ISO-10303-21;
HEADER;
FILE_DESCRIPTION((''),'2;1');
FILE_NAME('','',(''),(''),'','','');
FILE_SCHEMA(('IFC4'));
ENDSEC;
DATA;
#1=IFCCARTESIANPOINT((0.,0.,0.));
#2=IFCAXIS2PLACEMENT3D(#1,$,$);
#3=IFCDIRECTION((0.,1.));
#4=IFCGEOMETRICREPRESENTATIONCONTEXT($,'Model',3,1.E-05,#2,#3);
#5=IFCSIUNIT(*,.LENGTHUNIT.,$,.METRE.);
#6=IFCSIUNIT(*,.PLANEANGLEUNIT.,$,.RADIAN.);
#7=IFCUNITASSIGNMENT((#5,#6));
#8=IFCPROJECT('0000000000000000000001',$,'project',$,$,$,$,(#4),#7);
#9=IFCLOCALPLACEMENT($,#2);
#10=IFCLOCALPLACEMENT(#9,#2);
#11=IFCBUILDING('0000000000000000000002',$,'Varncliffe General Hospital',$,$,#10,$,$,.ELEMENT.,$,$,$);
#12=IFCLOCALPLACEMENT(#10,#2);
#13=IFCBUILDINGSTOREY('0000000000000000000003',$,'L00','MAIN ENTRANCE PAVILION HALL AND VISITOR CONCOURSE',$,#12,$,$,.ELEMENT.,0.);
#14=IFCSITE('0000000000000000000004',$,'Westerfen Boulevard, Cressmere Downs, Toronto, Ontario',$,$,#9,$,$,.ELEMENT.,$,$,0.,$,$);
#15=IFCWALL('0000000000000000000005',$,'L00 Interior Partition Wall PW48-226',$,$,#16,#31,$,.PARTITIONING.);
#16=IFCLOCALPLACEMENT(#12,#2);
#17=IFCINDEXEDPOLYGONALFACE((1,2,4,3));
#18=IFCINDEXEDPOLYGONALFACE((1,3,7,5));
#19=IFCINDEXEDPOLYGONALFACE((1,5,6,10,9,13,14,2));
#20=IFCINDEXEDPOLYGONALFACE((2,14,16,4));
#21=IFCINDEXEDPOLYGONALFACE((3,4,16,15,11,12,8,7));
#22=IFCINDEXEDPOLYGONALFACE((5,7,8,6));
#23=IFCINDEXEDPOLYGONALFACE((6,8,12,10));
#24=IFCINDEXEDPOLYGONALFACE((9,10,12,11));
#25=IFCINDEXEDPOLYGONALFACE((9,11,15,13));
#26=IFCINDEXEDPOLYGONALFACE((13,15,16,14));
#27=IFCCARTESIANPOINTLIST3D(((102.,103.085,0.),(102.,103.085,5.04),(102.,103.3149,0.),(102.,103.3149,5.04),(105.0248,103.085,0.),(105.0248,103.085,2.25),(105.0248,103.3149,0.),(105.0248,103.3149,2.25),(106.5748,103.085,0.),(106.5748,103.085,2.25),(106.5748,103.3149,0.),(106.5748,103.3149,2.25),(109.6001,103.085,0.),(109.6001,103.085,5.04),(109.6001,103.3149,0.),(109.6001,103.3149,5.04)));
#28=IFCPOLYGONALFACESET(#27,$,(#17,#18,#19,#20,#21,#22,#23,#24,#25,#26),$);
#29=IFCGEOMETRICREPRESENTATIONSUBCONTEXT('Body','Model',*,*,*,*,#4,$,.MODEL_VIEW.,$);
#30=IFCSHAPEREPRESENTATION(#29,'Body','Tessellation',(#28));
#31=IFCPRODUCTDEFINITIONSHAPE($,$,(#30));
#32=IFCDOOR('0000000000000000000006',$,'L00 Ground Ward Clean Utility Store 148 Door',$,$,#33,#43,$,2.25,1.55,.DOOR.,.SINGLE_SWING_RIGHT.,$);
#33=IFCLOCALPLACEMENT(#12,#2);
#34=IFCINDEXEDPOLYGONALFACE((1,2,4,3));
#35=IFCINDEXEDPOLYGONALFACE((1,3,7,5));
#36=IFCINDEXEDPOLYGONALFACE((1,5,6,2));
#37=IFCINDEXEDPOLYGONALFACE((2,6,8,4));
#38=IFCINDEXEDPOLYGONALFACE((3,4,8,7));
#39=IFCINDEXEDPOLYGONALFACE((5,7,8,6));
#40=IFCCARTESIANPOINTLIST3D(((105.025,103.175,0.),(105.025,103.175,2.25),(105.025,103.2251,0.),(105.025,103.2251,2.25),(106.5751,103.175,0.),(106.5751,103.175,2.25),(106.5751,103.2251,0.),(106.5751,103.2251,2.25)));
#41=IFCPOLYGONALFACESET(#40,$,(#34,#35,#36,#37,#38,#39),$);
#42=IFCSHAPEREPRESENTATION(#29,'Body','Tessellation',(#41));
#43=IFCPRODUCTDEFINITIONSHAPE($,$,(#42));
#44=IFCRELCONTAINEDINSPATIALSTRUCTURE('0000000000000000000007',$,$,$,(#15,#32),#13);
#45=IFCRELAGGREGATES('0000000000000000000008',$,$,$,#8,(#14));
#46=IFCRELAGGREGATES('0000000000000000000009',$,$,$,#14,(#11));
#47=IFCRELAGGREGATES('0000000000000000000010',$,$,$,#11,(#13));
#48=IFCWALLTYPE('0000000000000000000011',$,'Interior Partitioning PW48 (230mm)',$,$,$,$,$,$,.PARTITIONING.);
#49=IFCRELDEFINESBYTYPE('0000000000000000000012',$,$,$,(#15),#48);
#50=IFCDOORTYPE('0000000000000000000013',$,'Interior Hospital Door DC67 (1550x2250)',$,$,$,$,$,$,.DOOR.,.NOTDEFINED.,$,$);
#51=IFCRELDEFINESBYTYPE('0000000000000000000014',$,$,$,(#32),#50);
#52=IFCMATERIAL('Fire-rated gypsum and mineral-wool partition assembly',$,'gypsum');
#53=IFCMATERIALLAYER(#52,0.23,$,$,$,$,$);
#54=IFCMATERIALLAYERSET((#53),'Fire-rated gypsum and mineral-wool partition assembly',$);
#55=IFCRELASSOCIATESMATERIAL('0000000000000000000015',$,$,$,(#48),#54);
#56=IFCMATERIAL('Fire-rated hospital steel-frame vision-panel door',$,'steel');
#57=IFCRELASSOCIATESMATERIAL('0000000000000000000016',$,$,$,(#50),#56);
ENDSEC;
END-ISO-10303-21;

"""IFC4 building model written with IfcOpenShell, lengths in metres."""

from ifc_helpers import new_model, si_unit, direction, frame, frame_2d, origin, place, context, subcontext, project, spatial, rectangle, extrude, material, layer, layer_set, type_object, element, fill, save


model = new_model("IFC4")

# Units and contexts
model_context = context("Model", 3, precision=1e-05, world=origin(), true_north=direction((0.0, 1.0)))
body_context = subcontext(model_context, "Body", "Model", "MODEL_VIEW")
ifc_project = project(units=[si_unit("LENGTHUNIT", "METRE"), si_unit("PLANEANGLEUNIT", "RADIAN")], contexts=[model_context])

# Site, building, storey
site_placement = place(None, origin())
site = spatial("IfcSite", under=ifc_project, at=site_placement, Name="Westerfen Boulevard, Cressmere Downs, Toronto, Ontario", CompositionType="ELEMENT", RefElevation=0.0)
building_placement = place(site_placement, origin())
building = spatial("IfcBuilding", under=site, at=building_placement, Name="Varncliffe General Hospital", CompositionType="ELEMENT")
storey_placement = place(building_placement, origin())
storey = spatial("IfcBuildingStorey", under=building, at=storey_placement, Name="L00", Description="MAIN ENTRANCE PAVILION HALL AND VISITOR CONCOURSE", CompositionType="ELEMENT", Elevation=0.0)

# Wall, opening, door
ifc_material_1 = material(Name="Fire-rated gypsum and mineral-wool partition assembly", Category="gypsum")
ifc_layer_1 = layer(ifc_material_1, 0.23)
ifc_layer_set_1 = layer_set([ifc_layer_1], Name="Fire-rated gypsum and mineral-wool partition assembly")
wall_type = type_object("IfcWallType", Name="Interior Partitioning PW48 (230mm)", PredefinedType="PARTITIONING", material=ifc_layer_set_1)
wall_placement = place(storey_placement, frame((102.0, 103.2, 0.0), z_axis=(0.0, 0.0, 1.0), x_axis=(1.0, 0.0, 0.0)))
wall = element("IfcWall", 1, at=wall_placement, inside=storey, type_object=wall_type, Name="L00 Interior Partition Wall PW48-226", PredefinedType="PARTITIONING", context=body_context, shape_type="SweptSolid", body=[
    extrude(rectangle(XDim=7.6001, YDim=0.23, at=frame_2d((3.8, 0.0))), origin(), (0.0, 0.0, 1.0), 5.04),
])
opening_placement = place(wall_placement, frame((3.0249, 0.0, 0.0)))
opening = element("IfcOpeningElement", 2, at=opening_placement, cuts=wall, PredefinedType="OPENING", context=body_context, shape_type="SweptSolid", body=[
    extrude(rectangle(XDim=1.55, YDim=2.25, at=frame_2d((0.7749, 1.125))), frame((0.0, 0.125, 0.0), z_axis=(0.0, -1.0, 0.0), x_axis=(1.0, 0.0, 0.0)), (0.0, 0.0, 1.0), 0.25),
])
ifc_material_2 = material(Name="Fire-rated hospital steel-frame vision-panel door", Category="steel")
door_type = type_object("IfcDoorType", Name="Interior Hospital Door DC67 (1550x2250)", OperationType="NOTDEFINED", PredefinedType="DOOR", material=ifc_material_2)
door_placement = place(opening_placement, frame((1.55, 0.0, 0.0), z_axis=(0.0, 0.0, 1.0), x_axis=(-1.0, 0.0, 0.0)))
door = element("IfcDoor", 3, at=door_placement, inside=storey, type_object=door_type, Name="L00 Ground Ward Clean Utility Store 148 Door", OperationType="SINGLE_SWING_RIGHT", OverallHeight=2.25, OverallWidth=1.55, PredefinedType="DOOR", context=body_context, shape_type="SweptSolid", body=[
    extrude(rectangle(XDim=1.55, YDim=2.25, at=frame_2d((0.7749, 1.125))), frame((0.0, 0.0249, 0.0), z_axis=(0.0, -1.0, 0.0), x_axis=(1.0, 0.0, 0.0)), (0.0, 0.0, 1.0), 0.05),
])
fill(opening, door)

save(model, "model.ifc")
